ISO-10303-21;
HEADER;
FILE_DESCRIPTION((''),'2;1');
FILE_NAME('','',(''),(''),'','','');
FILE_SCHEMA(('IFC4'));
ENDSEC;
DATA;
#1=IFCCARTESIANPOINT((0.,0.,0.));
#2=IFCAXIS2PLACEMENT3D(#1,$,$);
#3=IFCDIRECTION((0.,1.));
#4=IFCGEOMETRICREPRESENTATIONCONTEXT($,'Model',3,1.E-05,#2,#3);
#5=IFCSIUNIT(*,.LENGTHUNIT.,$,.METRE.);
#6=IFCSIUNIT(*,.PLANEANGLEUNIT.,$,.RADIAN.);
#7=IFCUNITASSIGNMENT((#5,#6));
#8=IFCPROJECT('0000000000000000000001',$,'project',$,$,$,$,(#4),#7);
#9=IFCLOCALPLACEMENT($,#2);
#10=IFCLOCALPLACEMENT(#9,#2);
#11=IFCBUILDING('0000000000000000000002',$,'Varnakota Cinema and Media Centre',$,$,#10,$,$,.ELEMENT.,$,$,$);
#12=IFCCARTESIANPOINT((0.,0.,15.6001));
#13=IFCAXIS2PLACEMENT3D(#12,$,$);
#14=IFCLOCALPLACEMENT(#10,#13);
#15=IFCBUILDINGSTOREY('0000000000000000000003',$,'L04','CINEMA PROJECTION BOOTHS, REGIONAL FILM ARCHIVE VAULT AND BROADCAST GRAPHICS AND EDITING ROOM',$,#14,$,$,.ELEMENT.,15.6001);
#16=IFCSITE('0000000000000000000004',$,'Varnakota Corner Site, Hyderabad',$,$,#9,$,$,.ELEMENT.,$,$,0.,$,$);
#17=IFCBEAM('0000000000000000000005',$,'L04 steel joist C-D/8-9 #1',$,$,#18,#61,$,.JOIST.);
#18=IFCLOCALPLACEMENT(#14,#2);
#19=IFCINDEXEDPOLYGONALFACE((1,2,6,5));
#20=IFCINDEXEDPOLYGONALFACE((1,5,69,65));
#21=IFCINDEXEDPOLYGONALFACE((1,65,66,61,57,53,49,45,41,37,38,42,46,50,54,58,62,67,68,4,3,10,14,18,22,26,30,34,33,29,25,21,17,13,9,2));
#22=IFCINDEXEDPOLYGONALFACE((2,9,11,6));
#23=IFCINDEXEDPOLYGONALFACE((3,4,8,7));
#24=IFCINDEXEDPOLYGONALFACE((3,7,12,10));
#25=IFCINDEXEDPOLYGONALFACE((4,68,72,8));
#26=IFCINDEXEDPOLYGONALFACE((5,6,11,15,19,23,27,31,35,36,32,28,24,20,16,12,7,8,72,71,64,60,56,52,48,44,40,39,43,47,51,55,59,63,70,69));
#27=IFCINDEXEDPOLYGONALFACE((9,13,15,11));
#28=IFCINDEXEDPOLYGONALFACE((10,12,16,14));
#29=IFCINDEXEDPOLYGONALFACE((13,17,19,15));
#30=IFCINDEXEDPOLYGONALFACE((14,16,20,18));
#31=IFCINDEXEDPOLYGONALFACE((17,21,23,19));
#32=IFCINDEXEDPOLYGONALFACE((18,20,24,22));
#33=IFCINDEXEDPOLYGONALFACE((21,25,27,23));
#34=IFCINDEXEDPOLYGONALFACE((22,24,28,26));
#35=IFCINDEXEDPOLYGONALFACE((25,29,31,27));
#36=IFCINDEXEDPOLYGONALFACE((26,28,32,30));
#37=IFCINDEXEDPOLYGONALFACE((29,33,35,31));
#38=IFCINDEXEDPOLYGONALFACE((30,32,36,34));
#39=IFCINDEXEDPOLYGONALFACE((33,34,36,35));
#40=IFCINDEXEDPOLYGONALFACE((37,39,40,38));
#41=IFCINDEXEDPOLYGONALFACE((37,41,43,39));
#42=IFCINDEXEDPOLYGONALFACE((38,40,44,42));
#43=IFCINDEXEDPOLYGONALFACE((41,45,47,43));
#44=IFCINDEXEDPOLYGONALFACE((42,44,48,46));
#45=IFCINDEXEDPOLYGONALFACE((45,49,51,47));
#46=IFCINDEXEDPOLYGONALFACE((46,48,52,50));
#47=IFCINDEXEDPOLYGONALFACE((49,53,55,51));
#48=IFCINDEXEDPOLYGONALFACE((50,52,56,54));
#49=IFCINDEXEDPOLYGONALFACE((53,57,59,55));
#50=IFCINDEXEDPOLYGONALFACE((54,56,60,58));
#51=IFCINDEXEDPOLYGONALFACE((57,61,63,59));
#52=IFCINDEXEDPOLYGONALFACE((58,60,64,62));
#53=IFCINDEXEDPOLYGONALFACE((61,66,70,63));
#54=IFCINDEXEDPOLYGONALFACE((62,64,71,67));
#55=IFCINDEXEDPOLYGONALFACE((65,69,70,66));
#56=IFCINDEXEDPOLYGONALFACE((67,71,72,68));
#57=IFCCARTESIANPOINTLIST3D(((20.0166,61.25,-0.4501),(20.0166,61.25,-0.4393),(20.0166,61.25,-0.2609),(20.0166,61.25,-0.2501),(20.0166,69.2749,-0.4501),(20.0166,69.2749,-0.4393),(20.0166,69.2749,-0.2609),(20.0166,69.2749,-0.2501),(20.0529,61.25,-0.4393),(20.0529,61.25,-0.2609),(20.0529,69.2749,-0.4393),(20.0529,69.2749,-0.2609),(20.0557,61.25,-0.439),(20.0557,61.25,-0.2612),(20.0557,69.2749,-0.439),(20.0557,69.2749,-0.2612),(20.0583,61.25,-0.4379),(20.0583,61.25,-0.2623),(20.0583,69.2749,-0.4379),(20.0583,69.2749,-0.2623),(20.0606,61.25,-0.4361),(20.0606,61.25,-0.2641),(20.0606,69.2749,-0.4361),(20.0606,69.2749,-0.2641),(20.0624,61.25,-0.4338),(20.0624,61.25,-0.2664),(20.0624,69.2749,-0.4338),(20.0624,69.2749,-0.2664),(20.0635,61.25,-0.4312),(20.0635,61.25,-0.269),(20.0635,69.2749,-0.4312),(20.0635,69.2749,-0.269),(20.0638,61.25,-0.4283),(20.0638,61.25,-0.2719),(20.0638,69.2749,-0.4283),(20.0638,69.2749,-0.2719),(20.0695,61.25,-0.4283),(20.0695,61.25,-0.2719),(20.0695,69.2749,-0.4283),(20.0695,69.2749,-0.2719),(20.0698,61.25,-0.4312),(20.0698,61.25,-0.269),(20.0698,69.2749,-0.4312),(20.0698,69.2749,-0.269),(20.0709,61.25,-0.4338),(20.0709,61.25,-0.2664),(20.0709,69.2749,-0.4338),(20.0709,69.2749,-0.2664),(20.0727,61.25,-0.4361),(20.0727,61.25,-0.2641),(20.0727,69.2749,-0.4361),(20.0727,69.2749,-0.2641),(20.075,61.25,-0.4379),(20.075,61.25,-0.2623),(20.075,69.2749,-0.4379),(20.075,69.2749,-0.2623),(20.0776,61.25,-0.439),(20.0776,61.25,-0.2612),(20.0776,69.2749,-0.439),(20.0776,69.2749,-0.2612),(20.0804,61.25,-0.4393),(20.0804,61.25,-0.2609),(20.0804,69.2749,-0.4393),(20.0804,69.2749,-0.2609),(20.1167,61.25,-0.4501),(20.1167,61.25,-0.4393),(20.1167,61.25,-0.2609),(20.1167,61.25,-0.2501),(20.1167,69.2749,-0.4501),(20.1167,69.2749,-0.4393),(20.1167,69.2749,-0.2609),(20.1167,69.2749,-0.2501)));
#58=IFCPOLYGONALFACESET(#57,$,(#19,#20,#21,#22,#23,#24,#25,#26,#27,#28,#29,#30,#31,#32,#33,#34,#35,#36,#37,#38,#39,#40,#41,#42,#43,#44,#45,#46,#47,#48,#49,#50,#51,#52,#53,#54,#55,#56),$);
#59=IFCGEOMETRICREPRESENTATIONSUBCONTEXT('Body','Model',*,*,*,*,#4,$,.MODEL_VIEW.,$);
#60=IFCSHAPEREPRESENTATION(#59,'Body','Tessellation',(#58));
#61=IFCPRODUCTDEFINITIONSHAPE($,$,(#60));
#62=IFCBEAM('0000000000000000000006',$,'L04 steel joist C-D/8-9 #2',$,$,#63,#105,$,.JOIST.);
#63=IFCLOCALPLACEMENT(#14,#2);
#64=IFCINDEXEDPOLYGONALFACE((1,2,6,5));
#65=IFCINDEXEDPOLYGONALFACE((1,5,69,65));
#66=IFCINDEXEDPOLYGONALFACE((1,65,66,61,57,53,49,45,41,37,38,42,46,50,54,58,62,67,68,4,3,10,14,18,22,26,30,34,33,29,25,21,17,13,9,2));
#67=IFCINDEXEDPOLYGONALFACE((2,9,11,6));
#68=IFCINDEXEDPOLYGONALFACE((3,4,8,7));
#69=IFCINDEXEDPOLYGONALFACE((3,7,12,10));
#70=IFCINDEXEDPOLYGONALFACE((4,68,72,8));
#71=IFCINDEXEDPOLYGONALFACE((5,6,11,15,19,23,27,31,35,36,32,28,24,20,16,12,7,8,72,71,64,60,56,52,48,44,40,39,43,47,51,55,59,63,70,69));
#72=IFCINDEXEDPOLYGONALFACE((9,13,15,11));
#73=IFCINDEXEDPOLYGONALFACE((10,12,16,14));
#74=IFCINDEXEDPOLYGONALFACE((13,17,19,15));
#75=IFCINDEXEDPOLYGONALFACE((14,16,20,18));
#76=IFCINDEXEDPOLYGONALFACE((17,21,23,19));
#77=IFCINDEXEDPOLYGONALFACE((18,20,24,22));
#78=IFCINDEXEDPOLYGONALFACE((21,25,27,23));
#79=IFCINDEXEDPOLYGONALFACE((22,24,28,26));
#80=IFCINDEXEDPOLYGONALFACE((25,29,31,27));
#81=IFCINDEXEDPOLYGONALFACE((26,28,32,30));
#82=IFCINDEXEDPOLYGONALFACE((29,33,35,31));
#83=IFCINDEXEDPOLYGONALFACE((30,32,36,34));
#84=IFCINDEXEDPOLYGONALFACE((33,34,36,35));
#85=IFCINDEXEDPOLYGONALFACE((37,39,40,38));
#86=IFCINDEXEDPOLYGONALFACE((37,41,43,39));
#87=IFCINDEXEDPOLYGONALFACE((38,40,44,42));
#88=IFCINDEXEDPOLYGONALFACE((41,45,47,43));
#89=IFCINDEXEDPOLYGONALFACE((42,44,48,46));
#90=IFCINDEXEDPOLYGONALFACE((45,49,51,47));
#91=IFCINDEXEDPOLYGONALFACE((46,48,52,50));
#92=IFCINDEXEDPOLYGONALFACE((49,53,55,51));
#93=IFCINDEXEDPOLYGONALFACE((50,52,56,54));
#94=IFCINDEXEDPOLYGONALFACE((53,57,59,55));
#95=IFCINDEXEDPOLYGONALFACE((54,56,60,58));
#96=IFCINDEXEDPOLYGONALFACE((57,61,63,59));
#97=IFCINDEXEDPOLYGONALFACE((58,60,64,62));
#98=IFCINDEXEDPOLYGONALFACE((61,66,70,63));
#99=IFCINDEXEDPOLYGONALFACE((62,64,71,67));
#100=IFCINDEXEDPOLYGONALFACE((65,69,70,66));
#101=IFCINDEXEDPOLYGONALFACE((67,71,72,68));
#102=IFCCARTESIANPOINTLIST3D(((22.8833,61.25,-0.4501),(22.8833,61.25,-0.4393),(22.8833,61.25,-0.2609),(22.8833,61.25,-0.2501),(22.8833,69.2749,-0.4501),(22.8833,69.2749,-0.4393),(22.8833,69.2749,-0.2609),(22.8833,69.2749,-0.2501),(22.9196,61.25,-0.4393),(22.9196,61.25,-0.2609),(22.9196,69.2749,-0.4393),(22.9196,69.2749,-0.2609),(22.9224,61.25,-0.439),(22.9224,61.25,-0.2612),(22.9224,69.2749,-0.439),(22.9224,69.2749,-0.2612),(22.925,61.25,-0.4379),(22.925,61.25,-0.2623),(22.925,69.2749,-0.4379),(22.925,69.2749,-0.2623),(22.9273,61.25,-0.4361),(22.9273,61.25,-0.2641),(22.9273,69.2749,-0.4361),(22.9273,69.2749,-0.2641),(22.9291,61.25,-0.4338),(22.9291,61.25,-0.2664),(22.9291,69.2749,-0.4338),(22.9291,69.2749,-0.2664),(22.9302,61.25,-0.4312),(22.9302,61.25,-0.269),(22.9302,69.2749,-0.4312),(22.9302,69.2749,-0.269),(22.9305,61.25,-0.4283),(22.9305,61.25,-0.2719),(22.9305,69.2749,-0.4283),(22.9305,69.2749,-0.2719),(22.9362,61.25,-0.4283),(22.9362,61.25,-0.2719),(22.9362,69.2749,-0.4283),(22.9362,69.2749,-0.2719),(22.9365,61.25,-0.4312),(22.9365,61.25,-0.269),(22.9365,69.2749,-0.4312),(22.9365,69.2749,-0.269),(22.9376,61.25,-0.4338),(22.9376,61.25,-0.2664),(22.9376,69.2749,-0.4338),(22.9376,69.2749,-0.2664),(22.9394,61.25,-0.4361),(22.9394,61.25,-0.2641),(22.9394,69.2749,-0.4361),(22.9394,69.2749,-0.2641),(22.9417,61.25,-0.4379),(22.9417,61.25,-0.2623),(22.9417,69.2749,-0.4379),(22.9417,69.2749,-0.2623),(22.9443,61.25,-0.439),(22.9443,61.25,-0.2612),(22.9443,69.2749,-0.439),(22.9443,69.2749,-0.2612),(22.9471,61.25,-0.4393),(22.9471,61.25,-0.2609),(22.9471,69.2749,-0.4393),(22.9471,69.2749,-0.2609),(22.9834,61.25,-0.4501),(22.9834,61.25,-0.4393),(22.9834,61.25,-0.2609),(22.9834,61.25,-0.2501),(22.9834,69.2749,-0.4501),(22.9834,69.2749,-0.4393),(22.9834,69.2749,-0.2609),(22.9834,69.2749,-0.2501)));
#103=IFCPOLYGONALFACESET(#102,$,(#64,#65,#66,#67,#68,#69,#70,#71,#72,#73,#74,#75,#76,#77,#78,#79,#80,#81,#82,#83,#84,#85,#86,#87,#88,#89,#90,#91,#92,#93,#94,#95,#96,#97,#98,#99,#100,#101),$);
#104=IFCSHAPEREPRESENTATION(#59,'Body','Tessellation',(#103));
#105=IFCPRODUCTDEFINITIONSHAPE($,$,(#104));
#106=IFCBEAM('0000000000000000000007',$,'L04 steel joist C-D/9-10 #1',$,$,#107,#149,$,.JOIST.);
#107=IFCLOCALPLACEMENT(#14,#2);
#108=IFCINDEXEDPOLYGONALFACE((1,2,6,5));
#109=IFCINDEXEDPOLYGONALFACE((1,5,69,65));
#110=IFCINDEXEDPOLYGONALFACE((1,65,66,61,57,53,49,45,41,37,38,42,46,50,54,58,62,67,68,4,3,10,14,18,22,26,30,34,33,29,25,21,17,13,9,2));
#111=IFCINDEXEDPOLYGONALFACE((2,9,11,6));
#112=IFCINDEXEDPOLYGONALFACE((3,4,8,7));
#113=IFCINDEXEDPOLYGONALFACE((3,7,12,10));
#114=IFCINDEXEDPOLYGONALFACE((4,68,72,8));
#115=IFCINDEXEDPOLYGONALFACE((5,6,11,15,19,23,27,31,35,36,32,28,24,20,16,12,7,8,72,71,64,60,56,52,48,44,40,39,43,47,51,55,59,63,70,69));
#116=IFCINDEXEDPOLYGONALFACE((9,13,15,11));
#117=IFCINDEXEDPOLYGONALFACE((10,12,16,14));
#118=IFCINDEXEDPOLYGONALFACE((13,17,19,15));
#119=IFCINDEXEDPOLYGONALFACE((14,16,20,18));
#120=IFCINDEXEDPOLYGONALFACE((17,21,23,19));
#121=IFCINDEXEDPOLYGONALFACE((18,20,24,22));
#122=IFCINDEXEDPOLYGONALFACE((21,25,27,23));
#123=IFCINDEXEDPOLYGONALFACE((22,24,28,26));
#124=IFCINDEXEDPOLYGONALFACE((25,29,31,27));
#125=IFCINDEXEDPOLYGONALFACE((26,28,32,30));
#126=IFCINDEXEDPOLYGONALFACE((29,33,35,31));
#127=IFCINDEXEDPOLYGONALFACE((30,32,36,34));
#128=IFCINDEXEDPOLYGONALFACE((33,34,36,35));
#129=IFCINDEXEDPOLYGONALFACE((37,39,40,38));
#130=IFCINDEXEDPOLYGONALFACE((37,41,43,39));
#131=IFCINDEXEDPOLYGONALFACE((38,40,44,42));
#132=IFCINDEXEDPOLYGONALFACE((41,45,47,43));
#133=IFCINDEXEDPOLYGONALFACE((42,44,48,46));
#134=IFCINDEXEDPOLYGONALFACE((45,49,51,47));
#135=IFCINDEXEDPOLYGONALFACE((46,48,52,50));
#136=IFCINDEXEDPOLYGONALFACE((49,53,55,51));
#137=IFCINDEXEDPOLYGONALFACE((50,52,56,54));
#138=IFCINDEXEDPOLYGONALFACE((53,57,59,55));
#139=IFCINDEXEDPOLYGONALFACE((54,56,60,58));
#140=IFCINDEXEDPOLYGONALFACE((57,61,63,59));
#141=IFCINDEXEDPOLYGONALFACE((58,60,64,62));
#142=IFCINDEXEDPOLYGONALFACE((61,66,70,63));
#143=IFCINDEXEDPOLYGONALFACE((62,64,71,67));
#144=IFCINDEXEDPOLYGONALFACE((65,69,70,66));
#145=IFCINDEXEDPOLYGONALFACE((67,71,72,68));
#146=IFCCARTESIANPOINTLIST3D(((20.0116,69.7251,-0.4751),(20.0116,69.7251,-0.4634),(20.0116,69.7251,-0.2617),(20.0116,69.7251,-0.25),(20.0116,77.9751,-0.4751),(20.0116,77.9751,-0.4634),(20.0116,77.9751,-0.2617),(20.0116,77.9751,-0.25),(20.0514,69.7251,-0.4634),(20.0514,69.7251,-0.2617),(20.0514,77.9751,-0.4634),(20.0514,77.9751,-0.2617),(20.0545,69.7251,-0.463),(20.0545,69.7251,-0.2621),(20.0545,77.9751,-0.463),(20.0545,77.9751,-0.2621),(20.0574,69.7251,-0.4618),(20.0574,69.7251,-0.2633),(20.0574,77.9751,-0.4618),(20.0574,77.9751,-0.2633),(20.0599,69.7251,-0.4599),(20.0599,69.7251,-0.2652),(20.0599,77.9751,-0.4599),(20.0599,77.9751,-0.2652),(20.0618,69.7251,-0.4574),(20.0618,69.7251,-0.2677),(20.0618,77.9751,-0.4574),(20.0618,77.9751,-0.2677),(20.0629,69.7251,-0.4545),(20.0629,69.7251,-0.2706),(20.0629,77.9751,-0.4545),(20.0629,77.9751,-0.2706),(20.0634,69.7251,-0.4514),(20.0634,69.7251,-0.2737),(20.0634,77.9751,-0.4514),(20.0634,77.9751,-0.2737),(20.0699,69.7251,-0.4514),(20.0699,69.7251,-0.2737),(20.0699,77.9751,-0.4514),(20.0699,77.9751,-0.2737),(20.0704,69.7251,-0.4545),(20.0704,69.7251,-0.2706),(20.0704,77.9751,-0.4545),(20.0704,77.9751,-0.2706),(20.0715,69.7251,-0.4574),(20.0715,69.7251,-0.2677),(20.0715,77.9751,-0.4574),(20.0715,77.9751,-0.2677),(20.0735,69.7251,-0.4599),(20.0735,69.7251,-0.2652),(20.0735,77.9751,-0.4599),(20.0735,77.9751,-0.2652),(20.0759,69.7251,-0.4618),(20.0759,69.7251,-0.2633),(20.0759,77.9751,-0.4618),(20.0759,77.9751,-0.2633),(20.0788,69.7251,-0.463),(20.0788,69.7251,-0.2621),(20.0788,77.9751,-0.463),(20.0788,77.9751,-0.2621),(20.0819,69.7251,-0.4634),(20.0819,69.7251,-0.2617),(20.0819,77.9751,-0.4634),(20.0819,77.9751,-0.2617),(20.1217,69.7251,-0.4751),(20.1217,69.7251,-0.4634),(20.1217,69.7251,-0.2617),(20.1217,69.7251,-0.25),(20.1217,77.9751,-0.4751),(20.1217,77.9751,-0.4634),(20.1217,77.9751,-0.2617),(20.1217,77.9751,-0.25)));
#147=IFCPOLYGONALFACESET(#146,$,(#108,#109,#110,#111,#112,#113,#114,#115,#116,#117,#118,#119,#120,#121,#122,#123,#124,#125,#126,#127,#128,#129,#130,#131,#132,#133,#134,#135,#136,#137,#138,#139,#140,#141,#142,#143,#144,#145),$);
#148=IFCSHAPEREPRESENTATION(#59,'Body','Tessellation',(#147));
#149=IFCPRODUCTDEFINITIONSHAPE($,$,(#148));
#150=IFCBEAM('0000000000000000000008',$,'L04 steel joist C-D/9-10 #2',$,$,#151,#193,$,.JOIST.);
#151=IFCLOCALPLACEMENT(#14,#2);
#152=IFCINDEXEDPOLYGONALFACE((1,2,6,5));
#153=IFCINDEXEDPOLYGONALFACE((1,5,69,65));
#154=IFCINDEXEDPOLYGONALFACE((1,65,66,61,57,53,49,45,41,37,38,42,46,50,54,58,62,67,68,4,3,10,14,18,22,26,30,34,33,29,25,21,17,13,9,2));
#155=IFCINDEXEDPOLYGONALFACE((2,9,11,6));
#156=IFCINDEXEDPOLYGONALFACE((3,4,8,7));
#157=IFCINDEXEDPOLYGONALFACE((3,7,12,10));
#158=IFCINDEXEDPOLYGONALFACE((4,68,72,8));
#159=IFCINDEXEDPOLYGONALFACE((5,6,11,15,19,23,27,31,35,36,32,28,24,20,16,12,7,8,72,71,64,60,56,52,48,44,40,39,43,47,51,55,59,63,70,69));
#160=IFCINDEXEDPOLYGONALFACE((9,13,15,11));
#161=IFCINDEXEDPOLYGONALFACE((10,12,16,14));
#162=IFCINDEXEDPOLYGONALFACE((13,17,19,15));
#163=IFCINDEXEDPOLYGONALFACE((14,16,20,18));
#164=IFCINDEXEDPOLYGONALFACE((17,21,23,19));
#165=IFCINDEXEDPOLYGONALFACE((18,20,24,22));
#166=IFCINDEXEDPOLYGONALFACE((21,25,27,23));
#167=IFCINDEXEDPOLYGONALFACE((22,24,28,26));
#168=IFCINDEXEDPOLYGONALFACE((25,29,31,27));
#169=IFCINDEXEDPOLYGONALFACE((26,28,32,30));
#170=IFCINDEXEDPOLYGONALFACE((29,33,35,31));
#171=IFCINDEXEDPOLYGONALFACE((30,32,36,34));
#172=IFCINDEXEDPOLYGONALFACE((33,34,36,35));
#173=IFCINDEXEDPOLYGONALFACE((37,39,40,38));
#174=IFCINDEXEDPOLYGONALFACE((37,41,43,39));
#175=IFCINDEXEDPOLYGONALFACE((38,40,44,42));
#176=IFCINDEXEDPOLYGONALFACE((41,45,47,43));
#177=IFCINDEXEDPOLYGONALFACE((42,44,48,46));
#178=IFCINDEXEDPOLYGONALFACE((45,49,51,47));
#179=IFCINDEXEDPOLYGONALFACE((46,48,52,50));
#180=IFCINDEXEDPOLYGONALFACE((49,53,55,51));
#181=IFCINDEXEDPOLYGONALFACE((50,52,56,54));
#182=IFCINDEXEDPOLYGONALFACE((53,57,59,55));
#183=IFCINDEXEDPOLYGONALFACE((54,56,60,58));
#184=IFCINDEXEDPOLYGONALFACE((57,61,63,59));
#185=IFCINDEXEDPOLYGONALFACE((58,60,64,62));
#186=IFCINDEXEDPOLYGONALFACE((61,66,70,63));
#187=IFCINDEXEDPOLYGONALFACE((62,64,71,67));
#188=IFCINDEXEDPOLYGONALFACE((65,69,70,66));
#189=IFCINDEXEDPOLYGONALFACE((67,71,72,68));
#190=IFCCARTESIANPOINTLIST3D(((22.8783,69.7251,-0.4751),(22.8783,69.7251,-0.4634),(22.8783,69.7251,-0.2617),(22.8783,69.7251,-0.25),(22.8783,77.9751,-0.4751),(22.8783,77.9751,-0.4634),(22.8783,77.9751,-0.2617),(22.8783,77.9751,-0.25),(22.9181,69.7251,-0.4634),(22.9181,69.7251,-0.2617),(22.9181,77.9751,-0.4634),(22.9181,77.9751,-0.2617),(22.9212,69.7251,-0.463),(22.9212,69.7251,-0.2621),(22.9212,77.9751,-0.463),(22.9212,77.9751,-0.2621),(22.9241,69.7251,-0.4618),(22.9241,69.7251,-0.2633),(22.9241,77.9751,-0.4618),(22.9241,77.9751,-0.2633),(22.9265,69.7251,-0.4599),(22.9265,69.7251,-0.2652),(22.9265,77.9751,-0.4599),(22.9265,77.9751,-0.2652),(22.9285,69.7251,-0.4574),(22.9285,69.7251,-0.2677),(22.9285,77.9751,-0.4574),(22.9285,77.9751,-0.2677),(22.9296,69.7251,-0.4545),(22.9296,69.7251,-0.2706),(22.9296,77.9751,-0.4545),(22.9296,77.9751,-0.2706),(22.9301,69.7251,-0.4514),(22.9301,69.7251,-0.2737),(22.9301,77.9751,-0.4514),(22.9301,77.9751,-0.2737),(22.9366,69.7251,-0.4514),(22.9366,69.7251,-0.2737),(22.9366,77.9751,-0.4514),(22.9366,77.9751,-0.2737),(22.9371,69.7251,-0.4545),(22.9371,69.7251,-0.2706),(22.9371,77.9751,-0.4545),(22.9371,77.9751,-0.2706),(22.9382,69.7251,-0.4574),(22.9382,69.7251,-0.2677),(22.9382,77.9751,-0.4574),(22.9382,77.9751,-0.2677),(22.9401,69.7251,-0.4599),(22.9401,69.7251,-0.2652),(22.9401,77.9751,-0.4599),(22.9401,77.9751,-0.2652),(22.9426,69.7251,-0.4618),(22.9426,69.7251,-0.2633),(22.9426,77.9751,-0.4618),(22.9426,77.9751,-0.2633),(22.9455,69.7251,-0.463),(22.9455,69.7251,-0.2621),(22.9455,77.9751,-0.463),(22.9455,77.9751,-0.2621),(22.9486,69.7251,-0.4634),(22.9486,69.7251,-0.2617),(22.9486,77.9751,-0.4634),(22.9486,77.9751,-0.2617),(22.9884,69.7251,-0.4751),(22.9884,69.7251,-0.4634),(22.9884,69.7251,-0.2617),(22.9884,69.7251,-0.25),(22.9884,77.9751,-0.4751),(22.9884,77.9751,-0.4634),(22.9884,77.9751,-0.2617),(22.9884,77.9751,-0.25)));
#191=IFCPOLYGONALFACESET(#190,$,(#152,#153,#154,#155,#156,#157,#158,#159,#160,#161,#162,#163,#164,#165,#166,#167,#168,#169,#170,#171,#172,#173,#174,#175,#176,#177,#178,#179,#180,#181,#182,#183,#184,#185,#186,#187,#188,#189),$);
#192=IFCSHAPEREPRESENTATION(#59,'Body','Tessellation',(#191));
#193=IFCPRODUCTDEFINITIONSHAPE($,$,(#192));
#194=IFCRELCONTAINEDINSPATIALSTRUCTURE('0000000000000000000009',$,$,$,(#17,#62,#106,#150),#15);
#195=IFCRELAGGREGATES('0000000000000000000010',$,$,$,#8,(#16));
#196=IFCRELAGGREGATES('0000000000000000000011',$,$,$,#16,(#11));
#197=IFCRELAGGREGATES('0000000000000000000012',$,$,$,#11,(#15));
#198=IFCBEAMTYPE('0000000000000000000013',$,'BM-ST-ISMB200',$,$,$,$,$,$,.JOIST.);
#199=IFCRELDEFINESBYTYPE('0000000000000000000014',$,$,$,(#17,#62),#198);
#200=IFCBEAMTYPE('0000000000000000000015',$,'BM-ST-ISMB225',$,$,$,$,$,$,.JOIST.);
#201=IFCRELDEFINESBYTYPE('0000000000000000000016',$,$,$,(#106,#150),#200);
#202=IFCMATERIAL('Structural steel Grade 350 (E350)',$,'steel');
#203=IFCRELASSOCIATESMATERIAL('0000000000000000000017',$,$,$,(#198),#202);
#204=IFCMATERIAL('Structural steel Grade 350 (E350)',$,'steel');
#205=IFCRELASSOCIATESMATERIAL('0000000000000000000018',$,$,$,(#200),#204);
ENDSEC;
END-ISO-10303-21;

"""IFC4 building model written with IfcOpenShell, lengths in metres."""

from ifc_helpers import new_model, si_unit, direction, frame, origin, origin_2d, place, context, subcontext, project, spatial, i_section, extrude, material, material_profile, profile_set, type_object, element, save


model = new_model("IFC4")

# Units and contexts
model_context = context("Model", 3, precision=1e-05, world=origin(), true_north=direction((0.0, 1.0)))
body_context = subcontext(model_context, "Body", "Model", "MODEL_VIEW")
ifc_project = project(units=[si_unit("LENGTHUNIT", "METRE"), si_unit("PLANEANGLEUNIT", "RADIAN")], contexts=[model_context])

# Site, building, storey
site_placement = place(None, origin())
site = spatial("IfcSite", under=ifc_project, at=site_placement, Name="Varnakota Corner Site, Hyderabad", CompositionType="ELEMENT", RefElevation=0.0)
building_placement = place(site_placement, origin())
building = spatial("IfcBuilding", under=site, at=building_placement, Name="Varnakota Cinema and Media Centre", CompositionType="ELEMENT")
storey_placement = place(building_placement, frame((0.0, 0.0, 15.6001)))
storey = spatial("IfcBuildingStorey", under=building, at=storey_placement, Name="L04", Description="CINEMA PROJECTION BOOTHS, REGIONAL FILM ARCHIVE VAULT AND BROADCAST GRAPHICS AND EDITING ROOM", CompositionType="ELEMENT", Elevation=15.6001)

# Beams
ifc_material_1 = material(Name="Structural steel Grade 350 (E350)", Category="steel")
ifc_material_profile_1 = material_profile(ifc_material_1, i_section(OverallWidth=0.1001, OverallDepth=0.2, WebThickness=0.0056, FlangeThickness=0.0107, FilletRadius=0.011, at=origin_2d()), Name="ISMB 200")
ifc_profile_set_1 = profile_set([ifc_material_profile_1], Name="Structural steel Grade 350 (E350)")
beam_type_1 = type_object("IfcBeamType", Name="BM-ST-ISMB200", PredefinedType="JOIST", material=ifc_profile_set_1)
for number, where, z_axis, x_axis, name in (
    (1, (20.0667, 61.25, -0.3501), (0.0, 1.0, 0.0), (-1.0, 0.0, 0.0), "L04 steel joist C-D/8-9 #1"),
    (2, (22.9333, 61.25, -0.3501), (0.0, 1.0, 0.0), (-1.0, 0.0, 0.0), "L04 steel joist C-D/8-9 #2"),
):
    element("IfcBeam", number, at=place(storey_placement, frame(where, z_axis=z_axis, x_axis=x_axis)), inside=storey, type_object=beam_type_1, Name=name, PredefinedType="JOIST", context=body_context, shape_type="SweptSolid", body=[
        extrude(i_section(OverallWidth=0.1001, OverallDepth=0.2, WebThickness=0.0056, FlangeThickness=0.0107, FilletRadius=0.011, at=origin_2d()), origin(), (0.0, 0.0, 1.0), 8.0249),
    ])
ifc_material_2 = material(Name="Structural steel Grade 350 (E350)", Category="steel")
ifc_material_profile_2 = material_profile(ifc_material_2, i_section(OverallWidth=0.1101, OverallDepth=0.2251, WebThickness=0.0066, FlangeThickness=0.0117, FilletRadius=0.012, at=origin_2d()), Name="ISMB 225")
ifc_profile_set_2 = profile_set([ifc_material_profile_2], Name="Structural steel Grade 350 (E350)")
beam_type_2 = type_object("IfcBeamType", Name="BM-ST-ISMB225", PredefinedType="JOIST", material=ifc_profile_set_2)
for number, where, z_axis, x_axis, name in (
    (3, (20.0667, 69.7251, -0.3625), (0.0, 1.0, 0.0), (-1.0, 0.0, 0.0), "L04 steel joist C-D/9-10 #1"),
    (4, (22.9333, 69.7251, -0.3625), (0.0, 1.0, 0.0), (-1.0, 0.0, 0.0), "L04 steel joist C-D/9-10 #2"),
):
    element("IfcBeam", number, at=place(storey_placement, frame(where, z_axis=z_axis, x_axis=x_axis)), inside=storey, type_object=beam_type_2, Name=name, PredefinedType="JOIST", context=body_context, shape_type="SweptSolid", body=[
        extrude(i_section(OverallWidth=0.1101, OverallDepth=0.2251, WebThickness=0.0066, FlangeThickness=0.0117, FilletRadius=0.012, at=origin_2d()), origin(), (0.0, 0.0, 1.0), 8.25),
    ])

save(model, "model.ifc")
